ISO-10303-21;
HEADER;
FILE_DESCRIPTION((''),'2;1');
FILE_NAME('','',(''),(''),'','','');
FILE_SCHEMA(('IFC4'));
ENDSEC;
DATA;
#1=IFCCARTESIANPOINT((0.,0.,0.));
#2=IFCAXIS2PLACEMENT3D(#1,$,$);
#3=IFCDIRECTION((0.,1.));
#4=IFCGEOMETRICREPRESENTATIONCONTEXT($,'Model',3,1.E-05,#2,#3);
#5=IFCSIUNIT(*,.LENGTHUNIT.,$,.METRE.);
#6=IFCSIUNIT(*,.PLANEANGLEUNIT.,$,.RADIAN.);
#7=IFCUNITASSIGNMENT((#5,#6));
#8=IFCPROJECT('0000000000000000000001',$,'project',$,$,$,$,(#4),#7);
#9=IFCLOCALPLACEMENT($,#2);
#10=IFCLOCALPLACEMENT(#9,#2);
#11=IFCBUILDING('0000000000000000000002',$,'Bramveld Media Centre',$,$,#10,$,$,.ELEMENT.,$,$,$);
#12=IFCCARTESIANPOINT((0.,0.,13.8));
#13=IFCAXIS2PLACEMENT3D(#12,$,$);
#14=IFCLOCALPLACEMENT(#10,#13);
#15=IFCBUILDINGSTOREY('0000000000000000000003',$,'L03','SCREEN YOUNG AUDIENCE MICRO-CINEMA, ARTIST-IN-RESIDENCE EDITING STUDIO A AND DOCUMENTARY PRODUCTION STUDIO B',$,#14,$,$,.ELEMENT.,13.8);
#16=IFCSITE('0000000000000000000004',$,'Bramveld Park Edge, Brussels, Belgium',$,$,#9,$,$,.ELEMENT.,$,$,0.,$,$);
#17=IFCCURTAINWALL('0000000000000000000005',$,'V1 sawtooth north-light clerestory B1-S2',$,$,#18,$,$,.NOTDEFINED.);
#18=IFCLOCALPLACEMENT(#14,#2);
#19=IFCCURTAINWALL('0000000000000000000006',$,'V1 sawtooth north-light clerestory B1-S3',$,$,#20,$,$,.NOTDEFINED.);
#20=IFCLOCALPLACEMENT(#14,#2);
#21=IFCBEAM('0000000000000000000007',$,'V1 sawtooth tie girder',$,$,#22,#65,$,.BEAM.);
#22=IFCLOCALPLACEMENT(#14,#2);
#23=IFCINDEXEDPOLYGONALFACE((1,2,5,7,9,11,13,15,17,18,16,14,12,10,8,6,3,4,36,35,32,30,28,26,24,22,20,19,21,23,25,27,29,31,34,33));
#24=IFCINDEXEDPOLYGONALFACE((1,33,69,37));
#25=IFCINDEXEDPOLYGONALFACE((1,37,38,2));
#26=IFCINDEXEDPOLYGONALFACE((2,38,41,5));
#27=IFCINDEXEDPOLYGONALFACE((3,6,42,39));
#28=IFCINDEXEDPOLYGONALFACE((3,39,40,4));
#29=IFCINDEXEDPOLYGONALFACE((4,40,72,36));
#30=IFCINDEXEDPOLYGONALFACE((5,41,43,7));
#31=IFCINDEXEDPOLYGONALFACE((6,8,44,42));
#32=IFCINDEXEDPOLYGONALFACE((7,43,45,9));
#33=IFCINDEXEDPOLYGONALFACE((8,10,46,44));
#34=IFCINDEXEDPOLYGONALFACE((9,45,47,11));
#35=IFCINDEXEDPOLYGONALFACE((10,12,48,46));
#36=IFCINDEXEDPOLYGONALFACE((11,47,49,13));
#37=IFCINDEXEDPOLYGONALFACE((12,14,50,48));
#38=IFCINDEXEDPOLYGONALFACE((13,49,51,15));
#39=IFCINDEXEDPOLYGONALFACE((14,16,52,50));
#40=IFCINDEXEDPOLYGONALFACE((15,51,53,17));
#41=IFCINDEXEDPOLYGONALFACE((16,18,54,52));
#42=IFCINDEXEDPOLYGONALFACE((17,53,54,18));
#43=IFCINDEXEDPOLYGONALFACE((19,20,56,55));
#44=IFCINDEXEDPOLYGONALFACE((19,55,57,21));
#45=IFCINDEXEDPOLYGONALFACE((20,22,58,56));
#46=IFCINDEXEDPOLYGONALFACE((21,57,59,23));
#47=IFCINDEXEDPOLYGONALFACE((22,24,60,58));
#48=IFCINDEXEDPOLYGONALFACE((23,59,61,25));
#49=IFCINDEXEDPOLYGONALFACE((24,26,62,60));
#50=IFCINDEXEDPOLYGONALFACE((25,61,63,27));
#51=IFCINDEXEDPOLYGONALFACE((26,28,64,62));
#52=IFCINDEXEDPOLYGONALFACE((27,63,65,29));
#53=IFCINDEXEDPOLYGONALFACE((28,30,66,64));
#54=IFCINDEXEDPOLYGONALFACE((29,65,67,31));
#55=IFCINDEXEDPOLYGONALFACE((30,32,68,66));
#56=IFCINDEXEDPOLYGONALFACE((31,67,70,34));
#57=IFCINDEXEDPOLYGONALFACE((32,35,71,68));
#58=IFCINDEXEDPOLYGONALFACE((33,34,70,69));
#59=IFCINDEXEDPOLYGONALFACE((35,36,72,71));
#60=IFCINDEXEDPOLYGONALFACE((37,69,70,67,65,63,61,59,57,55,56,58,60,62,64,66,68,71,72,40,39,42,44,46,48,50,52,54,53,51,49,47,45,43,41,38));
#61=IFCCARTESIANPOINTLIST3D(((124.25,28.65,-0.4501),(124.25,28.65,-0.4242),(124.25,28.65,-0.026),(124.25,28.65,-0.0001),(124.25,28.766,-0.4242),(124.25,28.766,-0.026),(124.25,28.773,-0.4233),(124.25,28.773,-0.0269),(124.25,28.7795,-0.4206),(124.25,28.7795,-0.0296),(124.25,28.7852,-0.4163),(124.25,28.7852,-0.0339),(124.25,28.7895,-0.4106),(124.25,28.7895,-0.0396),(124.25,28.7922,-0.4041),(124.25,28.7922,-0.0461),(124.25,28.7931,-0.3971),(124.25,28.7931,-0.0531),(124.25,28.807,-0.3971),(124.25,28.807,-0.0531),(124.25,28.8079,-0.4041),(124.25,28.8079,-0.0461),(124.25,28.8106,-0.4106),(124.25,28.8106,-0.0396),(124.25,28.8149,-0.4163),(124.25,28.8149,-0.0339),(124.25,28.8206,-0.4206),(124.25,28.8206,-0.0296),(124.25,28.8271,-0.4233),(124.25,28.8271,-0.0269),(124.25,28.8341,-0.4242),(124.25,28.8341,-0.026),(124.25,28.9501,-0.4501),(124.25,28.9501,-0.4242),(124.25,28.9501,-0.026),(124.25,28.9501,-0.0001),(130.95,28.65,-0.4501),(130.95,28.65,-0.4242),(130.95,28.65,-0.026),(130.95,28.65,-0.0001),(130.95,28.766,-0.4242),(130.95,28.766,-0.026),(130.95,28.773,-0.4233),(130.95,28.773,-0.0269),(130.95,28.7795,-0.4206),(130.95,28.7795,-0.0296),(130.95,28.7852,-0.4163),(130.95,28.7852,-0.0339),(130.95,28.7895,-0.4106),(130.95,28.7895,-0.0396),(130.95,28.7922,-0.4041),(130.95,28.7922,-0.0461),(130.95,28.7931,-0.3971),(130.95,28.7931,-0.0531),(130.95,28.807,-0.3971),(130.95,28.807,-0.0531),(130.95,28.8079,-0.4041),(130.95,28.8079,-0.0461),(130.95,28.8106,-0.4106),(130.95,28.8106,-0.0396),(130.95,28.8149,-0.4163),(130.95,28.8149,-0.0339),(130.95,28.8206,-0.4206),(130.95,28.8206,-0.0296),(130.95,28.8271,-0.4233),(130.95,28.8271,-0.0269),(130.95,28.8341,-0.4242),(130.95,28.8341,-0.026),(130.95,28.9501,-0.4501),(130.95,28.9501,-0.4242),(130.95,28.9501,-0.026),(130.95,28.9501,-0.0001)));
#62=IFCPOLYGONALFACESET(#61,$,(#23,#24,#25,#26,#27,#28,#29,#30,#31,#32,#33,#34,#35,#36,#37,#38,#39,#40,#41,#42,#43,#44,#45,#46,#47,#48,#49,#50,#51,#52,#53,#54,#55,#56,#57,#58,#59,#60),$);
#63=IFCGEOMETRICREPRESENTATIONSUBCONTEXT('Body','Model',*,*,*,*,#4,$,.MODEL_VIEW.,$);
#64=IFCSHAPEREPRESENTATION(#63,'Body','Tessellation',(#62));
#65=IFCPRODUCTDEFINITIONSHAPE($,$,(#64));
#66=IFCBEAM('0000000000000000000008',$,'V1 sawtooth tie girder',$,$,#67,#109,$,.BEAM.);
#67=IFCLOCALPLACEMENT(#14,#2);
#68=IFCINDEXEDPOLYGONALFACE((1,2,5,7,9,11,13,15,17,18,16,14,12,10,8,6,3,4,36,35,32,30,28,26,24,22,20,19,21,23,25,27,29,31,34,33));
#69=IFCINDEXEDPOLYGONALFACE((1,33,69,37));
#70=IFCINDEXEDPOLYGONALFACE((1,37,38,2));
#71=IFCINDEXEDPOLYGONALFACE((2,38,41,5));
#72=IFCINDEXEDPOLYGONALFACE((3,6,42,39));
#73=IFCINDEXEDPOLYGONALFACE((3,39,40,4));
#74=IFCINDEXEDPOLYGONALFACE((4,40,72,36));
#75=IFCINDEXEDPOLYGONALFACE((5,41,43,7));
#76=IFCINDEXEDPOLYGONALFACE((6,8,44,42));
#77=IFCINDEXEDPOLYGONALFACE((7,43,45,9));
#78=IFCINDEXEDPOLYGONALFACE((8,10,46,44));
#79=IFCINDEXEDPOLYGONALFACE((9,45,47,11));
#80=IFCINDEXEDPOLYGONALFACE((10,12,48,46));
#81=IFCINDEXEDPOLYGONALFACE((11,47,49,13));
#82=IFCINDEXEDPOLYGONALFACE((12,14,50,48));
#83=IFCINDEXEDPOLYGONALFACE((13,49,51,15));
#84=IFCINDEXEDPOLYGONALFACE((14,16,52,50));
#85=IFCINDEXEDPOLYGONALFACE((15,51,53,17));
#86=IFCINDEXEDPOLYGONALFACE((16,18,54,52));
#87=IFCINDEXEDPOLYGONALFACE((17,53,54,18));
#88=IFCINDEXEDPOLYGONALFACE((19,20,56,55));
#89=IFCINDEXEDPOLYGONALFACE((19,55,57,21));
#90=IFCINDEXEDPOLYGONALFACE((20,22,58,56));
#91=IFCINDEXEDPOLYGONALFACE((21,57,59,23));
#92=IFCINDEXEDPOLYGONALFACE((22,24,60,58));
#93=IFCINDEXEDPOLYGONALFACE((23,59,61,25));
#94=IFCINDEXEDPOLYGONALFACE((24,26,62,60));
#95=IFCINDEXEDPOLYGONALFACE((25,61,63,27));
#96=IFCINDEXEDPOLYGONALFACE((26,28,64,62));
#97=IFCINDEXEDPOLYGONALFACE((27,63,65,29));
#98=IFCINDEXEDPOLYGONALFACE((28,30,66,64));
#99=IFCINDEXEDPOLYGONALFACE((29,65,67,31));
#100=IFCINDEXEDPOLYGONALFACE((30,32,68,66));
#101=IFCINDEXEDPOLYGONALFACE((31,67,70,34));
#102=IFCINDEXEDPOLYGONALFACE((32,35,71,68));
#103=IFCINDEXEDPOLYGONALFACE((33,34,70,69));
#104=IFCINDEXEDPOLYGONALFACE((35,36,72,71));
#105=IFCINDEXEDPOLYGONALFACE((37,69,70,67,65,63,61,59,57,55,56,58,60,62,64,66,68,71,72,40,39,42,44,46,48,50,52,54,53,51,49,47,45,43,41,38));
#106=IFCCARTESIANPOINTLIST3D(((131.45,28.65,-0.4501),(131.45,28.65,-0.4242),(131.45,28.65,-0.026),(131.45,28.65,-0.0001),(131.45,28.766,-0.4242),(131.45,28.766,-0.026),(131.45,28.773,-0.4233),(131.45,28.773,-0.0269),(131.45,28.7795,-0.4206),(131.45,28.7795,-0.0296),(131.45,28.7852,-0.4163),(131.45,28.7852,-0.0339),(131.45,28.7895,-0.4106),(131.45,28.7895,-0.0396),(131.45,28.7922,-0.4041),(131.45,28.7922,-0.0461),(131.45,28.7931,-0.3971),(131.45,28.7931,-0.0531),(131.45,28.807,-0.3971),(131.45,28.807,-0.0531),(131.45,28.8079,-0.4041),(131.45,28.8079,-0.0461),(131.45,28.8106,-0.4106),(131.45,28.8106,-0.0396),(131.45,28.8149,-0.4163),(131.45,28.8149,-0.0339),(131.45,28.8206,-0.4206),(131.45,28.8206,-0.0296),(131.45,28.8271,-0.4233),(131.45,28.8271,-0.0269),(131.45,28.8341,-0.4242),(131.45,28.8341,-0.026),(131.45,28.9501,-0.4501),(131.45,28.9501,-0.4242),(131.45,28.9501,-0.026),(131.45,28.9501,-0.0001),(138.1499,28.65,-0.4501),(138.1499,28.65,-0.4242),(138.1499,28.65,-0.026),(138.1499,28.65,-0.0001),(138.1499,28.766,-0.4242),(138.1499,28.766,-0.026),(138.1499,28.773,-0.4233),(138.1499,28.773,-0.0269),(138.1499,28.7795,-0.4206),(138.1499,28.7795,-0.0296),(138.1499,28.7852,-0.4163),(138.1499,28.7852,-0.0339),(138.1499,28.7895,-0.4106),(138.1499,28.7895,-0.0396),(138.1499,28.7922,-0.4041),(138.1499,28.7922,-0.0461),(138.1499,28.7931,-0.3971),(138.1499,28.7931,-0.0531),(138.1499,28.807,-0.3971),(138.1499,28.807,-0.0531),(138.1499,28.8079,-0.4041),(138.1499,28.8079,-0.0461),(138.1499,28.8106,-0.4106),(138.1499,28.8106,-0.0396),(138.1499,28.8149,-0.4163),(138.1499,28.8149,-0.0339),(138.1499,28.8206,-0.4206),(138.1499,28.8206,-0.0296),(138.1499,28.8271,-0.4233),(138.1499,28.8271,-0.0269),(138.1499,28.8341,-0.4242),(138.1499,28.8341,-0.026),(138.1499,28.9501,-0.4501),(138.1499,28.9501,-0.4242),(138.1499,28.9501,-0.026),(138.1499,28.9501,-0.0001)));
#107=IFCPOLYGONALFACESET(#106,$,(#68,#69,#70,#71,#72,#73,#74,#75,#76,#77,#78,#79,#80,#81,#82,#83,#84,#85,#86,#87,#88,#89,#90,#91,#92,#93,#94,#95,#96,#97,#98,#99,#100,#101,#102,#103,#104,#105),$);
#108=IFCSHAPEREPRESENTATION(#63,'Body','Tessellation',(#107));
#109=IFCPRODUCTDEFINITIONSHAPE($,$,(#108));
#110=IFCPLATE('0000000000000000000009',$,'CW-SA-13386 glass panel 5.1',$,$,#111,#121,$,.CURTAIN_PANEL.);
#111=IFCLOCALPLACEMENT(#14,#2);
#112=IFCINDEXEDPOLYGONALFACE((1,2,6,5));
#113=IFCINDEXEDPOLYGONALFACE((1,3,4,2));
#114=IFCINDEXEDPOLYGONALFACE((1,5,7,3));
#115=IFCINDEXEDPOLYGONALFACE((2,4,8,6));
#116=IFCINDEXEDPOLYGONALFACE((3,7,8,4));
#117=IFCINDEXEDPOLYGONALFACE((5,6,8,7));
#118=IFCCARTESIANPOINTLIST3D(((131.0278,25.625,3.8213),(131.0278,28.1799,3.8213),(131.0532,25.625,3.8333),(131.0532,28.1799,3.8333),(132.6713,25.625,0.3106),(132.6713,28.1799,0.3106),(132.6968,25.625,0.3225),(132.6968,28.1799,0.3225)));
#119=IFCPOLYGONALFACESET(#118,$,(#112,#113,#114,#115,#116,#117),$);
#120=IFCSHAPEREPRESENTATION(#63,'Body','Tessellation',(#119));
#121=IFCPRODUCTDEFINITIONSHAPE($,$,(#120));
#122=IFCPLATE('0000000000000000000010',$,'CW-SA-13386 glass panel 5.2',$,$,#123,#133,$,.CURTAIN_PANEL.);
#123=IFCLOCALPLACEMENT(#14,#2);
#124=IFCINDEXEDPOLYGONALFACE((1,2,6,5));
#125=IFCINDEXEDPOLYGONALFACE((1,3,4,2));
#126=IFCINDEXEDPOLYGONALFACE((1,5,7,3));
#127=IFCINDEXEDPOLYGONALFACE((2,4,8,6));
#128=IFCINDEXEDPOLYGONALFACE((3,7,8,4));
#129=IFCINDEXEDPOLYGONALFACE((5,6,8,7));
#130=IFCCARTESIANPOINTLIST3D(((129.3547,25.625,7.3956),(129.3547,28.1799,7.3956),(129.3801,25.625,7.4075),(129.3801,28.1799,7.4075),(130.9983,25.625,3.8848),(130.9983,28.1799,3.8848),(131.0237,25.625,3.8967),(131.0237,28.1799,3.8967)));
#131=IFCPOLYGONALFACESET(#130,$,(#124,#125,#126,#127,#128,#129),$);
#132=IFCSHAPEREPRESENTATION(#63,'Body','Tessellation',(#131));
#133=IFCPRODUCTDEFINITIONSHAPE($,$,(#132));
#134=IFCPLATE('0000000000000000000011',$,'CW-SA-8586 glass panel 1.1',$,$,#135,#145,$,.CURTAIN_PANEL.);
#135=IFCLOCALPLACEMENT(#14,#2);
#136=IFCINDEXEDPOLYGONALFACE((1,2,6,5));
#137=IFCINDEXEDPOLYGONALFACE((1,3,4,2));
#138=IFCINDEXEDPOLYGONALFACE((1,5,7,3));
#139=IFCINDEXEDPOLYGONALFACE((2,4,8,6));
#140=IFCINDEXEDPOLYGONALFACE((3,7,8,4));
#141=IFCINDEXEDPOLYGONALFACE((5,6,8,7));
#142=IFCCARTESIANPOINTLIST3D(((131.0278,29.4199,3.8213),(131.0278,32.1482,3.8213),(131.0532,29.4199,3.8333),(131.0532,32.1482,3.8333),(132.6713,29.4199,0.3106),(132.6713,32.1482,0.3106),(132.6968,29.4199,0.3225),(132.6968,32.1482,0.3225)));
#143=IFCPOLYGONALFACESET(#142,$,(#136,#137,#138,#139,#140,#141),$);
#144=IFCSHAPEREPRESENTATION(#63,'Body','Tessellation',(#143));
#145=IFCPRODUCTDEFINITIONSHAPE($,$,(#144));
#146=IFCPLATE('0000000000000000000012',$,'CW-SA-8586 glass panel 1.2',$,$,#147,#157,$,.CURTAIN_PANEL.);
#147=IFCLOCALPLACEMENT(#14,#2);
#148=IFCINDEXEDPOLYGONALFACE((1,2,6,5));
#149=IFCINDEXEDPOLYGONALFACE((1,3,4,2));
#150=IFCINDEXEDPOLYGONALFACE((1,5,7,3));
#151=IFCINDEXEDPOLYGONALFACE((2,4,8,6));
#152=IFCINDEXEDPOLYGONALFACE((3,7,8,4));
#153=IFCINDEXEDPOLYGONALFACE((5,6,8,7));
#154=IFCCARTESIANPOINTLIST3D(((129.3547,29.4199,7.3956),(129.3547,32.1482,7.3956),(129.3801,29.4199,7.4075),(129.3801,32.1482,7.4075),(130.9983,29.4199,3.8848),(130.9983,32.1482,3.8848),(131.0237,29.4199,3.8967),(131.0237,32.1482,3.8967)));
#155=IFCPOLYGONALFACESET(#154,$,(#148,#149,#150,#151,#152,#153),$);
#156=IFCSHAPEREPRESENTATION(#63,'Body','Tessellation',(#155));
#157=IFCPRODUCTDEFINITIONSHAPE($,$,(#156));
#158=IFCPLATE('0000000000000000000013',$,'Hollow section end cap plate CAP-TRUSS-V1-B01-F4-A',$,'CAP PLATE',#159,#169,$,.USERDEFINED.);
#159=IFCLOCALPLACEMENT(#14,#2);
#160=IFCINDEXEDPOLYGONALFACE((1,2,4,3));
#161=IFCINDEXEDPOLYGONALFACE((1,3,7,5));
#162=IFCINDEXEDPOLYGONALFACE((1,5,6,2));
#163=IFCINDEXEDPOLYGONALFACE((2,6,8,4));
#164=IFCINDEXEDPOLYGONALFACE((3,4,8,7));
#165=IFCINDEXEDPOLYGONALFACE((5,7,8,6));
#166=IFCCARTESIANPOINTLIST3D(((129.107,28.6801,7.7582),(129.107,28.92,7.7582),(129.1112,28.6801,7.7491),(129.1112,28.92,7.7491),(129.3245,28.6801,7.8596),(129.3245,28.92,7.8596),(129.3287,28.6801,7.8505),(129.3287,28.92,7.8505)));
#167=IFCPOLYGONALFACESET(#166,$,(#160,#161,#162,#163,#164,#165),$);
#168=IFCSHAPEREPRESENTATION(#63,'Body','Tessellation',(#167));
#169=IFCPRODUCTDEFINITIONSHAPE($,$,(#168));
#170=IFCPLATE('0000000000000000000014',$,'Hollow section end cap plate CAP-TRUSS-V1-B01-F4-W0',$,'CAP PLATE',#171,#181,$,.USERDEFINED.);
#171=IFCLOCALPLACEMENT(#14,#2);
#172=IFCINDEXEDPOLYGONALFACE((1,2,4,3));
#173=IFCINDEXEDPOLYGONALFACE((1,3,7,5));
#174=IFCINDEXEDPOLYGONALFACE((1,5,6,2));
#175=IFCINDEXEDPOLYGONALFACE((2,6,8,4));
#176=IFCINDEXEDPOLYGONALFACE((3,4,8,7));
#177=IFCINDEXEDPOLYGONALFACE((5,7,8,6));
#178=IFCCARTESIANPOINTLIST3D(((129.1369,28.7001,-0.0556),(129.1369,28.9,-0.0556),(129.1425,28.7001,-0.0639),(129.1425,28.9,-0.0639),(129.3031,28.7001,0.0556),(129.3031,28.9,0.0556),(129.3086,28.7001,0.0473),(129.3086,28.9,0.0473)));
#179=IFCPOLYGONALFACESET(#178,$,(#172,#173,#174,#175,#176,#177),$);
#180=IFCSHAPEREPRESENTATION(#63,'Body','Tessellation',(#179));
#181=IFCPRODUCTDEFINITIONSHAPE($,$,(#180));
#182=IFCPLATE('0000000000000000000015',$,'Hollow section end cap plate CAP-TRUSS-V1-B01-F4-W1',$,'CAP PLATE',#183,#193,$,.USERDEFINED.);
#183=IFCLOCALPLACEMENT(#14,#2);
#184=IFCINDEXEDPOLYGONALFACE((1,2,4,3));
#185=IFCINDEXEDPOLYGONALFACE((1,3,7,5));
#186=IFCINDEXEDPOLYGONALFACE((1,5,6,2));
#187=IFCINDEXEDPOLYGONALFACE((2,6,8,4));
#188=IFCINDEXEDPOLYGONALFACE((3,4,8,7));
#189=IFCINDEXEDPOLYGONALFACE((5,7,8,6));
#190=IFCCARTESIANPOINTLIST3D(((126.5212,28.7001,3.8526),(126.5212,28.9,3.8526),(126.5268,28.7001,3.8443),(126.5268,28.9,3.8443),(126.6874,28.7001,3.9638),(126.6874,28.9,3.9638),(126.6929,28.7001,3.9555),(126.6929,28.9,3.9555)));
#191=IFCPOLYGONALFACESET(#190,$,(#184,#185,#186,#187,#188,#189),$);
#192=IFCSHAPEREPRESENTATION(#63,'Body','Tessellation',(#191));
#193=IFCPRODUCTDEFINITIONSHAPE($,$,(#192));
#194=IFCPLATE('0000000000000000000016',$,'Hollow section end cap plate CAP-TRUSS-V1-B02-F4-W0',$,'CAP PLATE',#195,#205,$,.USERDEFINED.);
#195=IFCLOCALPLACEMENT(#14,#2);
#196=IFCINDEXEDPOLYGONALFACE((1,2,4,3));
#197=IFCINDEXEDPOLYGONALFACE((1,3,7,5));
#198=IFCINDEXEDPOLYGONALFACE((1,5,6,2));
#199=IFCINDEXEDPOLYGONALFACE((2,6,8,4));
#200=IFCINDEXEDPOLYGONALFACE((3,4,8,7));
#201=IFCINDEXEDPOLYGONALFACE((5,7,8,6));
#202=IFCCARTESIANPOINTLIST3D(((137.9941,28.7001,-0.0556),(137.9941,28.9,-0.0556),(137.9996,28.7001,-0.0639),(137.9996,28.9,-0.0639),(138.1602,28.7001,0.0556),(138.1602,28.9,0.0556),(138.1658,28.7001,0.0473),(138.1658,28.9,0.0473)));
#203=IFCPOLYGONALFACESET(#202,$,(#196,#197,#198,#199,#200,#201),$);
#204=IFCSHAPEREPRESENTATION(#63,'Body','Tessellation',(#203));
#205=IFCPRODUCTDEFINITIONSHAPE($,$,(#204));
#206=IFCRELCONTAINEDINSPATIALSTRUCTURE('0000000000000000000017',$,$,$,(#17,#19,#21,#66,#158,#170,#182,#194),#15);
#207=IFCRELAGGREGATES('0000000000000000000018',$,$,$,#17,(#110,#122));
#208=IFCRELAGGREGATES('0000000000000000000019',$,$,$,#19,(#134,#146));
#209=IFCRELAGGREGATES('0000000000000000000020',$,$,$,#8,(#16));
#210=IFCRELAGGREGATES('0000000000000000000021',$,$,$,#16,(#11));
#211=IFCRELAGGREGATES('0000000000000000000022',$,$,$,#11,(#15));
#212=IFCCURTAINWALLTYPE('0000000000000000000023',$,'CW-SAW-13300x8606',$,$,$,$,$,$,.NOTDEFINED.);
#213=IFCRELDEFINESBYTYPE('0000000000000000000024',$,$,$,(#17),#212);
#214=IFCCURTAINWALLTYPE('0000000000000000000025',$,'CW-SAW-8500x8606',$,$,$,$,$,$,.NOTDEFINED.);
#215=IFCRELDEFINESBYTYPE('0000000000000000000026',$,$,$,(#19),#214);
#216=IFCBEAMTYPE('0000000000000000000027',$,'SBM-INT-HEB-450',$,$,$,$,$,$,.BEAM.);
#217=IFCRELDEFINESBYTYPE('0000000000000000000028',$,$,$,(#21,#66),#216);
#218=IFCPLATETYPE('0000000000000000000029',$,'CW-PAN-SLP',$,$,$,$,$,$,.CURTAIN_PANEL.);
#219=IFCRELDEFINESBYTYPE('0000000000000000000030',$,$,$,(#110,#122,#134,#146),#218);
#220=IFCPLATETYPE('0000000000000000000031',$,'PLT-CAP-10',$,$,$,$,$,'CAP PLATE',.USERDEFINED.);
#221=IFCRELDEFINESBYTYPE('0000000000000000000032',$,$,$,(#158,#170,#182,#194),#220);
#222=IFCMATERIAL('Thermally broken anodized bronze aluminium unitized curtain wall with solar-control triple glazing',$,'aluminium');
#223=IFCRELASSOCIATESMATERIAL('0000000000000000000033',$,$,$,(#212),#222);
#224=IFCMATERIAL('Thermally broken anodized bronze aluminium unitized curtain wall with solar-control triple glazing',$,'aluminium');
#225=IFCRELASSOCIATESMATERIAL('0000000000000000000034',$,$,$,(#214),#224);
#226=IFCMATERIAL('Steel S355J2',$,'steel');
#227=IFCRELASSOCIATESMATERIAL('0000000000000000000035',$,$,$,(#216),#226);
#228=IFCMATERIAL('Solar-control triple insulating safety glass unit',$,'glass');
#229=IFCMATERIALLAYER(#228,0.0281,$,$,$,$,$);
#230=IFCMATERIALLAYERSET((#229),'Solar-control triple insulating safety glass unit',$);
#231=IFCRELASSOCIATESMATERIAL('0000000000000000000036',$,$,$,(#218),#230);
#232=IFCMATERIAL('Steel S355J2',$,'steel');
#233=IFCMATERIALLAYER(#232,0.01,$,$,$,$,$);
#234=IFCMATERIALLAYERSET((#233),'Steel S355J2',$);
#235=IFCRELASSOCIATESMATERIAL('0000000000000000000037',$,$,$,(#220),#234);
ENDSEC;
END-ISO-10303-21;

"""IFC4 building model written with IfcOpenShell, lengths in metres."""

from ifc_helpers import new_model, si_unit, direction, frame, origin, origin_2d, place, context, subcontext, project, spatial, polyline, rectangle, i_section, outline, extrude, material, layer, layer_set, material_profile, profile_set, type_object, element, aggregate, save


model = new_model("IFC4")

# Units and contexts
model_context = context("Model", 3, precision=1e-05, world=origin(), true_north=direction((0.0, 1.0)))
body_context = subcontext(model_context, "Body", "Model", "MODEL_VIEW")
ifc_project = project(units=[si_unit("LENGTHUNIT", "METRE"), si_unit("PLANEANGLEUNIT", "RADIAN")], contexts=[model_context])

# Site, building, storey
site_placement = place(None, origin())
site = spatial("IfcSite", under=ifc_project, at=site_placement, Name="Bramveld Park Edge, Brussels, Belgium", CompositionType="ELEMENT", RefElevation=0.0)
building_placement = place(site_placement, origin())
building = spatial("IfcBuilding", under=site, at=building_placement, Name="Bramveld Media Centre", CompositionType="ELEMENT")
storey_placement = place(building_placement, frame((0.0, 0.0, 13.8)))
storey = spatial("IfcBuildingStorey", under=building, at=storey_placement, Name="L03", Description="SCREEN YOUNG AUDIENCE MICRO-CINEMA, ARTIST-IN-RESIDENCE EDITING STUDIO A AND DOCUMENTARY PRODUCTION STUDIO B", CompositionType="ELEMENT", Elevation=13.8)

# Curtain wall
ifc_material_1 = material(Name="Thermally broken anodized bronze aluminium unitized curtain wall with solar-control triple glazing", Category="aluminium")
curtain_wall_type_1 = type_object("IfcCurtainWallType", Name="CW-SAW-13300x8606", PredefinedType="NOTDEFINED", material=ifc_material_1)
curtain_wall_1_placement = place(storey_placement, origin())
curtain_wall_1 = element("IfcCurtainWall", 1, at=curtain_wall_1_placement, inside=storey, type_object=curtain_wall_type_1, Name="V1 sawtooth north-light clerestory B1-S2", PredefinedType="NOTDEFINED")

# Curtain wall
ifc_material_2 = material(Name="Thermally broken anodized bronze aluminium unitized curtain wall with solar-control triple glazing", Category="aluminium")
curtain_wall_type_2 = type_object("IfcCurtainWallType", Name="CW-SAW-8500x8606", PredefinedType="NOTDEFINED", material=ifc_material_2)
curtain_wall_2_placement = place(storey_placement, origin())
curtain_wall_2 = element("IfcCurtainWall", 2, at=curtain_wall_2_placement, inside=storey, type_object=curtain_wall_type_2, Name="V1 sawtooth north-light clerestory B1-S3", PredefinedType="NOTDEFINED")

# Beams
ifc_material_3 = material(Name="Steel S355J2", Category="steel")
ifc_material_profile_1 = material_profile(ifc_material_3, i_section(OverallWidth=0.3, OverallDepth=0.45, WebThickness=0.0139, FlangeThickness=0.0259, FilletRadius=0.0271, at=origin_2d()), Name="HEB 450")
ifc_profile_set_1 = profile_set([ifc_material_profile_1], Name="Steel S355J2")
beam_type_1 = type_object("IfcBeamType", Name="SBM-INT-HEB-450", PredefinedType="BEAM", material=ifc_profile_set_1)
for number, where, z_axis, x_axis, name in (
    (3, (124.25, 28.8, -0.2251), (1.0, 0.0, 0.0), (0.0, 1.0, 0.0), "V1 sawtooth tie girder"),
    (4, (131.45, 28.8, -0.2251), (1.0, 0.0, 0.0), (0.0, 1.0, 0.0), "V1 sawtooth tie girder"),
):
    element("IfcBeam", number, at=place(storey_placement, frame(where, z_axis=z_axis, x_axis=x_axis)), inside=storey, type_object=beam_type_1, Name=name, PredefinedType="BEAM", context=body_context, shape_type="SweptSolid", body=[
        extrude(i_section(OverallWidth=0.3, OverallDepth=0.45, WebThickness=0.0139, FlangeThickness=0.0259, FilletRadius=0.0271, at=origin_2d()), origin(), (0.0, 0.0, 1.0), 6.7),
    ])

# Plates
ifc_material_4 = material(Name="Solar-control triple insulating safety glass unit", Category="glass")
ifc_layer_1 = layer(ifc_material_4, 0.0281)
ifc_layer_set_1 = layer_set([ifc_layer_1], Name="Solar-control triple insulating safety glass unit")
plate_type_1 = type_object("IfcPlateType", Name="CW-PAN-SLP", PredefinedType="CURTAIN_PANEL", material=ifc_layer_set_1)
plate_1_placement = place(storey_placement, frame((132.6968, 25.625, 0.3225), z_axis=(0.905668, 0.0, 0.423988), x_axis=(0.0, 1.0, 0.0)))
plate_1 = element("IfcPlate", 5, at=plate_1_placement, type_object=plate_type_1, Name="CW-SA-13386 glass panel 5.1", PredefinedType="CURTAIN_PANEL", context=body_context, shape_type="SweptSolid", body=[
    extrude(outline(polyline([(0.0, 0.0), (2.5549, 0.0), (2.5549, 3.8764), (0.0, 3.8764), (0.0, 0.0)])), origin(), (0.0, 0.0, -1.0), 0.0281),
])
plate_2_placement = place(storey_placement, frame((131.0237, 25.625, 3.8967), z_axis=(0.905668, 0.0, 0.423988), x_axis=(0.0, 1.0, 0.0)))
plate_2 = element("IfcPlate", 6, at=plate_2_placement, type_object=plate_type_1, Name="CW-SA-13386 glass panel 5.2", PredefinedType="CURTAIN_PANEL", context=body_context, shape_type="SweptSolid", body=[
    extrude(outline(polyline([(0.0, 0.0), (2.5549, 0.0), (2.5549, 3.8764), (0.0, 3.8764), (0.0, 0.0)])), origin(), (0.0, 0.0, -1.0), 0.0281),
])
aggregate(curtain_wall_1, [plate_1, plate_2])
plate_3_placement = place(storey_placement, frame((132.6968, 29.4199, 0.3225), z_axis=(0.905668, 0.0, 0.423988), x_axis=(0.0, 1.0, 0.0)))
plate_3 = element("IfcPlate", 7, at=plate_3_placement, type_object=plate_type_1, Name="CW-SA-8586 glass panel 1.1", PredefinedType="CURTAIN_PANEL", context=body_context, shape_type="SweptSolid", body=[
    extrude(outline(polyline([(0.0, 0.0), (2.7283, 0.0), (2.7283, 3.8764), (0.0, 3.8764), (0.0, 0.0)])), origin(), (0.0, 0.0, -1.0), 0.0281),
])
plate_4_placement = place(storey_placement, frame((131.0237, 29.4199, 3.8967), z_axis=(0.905668, 0.0, 0.423988), x_axis=(0.0, 1.0, 0.0)))
plate_4 = element("IfcPlate", 8, at=plate_4_placement, type_object=plate_type_1, Name="CW-SA-8586 glass panel 1.2", PredefinedType="CURTAIN_PANEL", context=body_context, shape_type="SweptSolid", body=[
    extrude(outline(polyline([(0.0, 0.0), (2.7283, 0.0), (2.7283, 3.8764), (0.0, 3.8764), (0.0, 0.0)])), origin(), (0.0, 0.0, -1.0), 0.0281),
])
aggregate(curtain_wall_2, [plate_3, plate_4])

# Plates
ifc_material_5 = material(Name="Steel S355J2", Category="steel")
ifc_layer_2 = layer(ifc_material_5, 0.01)
ifc_layer_set_2 = layer_set([ifc_layer_2], Name="Steel S355J2")
plate_type_2 = type_object("IfcPlateType", Name="PLT-CAP-10", ElementType="CAP PLATE", PredefinedType="USERDEFINED", material=ifc_layer_set_2)
plate_5_placement = place(storey_placement, frame((129.22, 28.8, 7.7998), z_axis=(-0.422618, 0.0, 0.906308), x_axis=(0.0, -1.0, 0.0)))
element("IfcPlate", 9, at=plate_5_placement, inside=storey, type_object=plate_type_2, Name="Hollow section end cap plate CAP-TRUSS-V1-B01-F4-A", ObjectType="CAP PLATE", PredefinedType="USERDEFINED", context=body_context, shape_type="SweptSolid", body=[
    extrude(rectangle(XDim=0.24, YDim=0.24, at=origin_2d()), origin(), (0.0, 0.0, 1.0), 0.01),
])
for number, where, z_axis, x_axis, name in (
    (10, (129.22, 28.8, 0.0), (0.556175, 0.0, -0.831065), (0.0, 1.0, 0.0), "Hollow section end cap plate CAP-TRUSS-V1-B01-F4-W0"),
    (11, (126.6099, 28.8, 3.8999), (-0.556175, 0.0, 0.831065), (0.0, -1.0, 0.0), "Hollow section end cap plate CAP-TRUSS-V1-B01-F4-W1"),
    (12, (138.0771, 28.8, 0.0), (0.55616, 0.0, -0.831075), (0.0, 1.0, 0.0), "Hollow section end cap plate CAP-TRUSS-V1-B02-F4-W0"),
):
    element("IfcPlate", number, at=place(storey_placement, frame(where, z_axis=z_axis, x_axis=x_axis)), inside=storey, type_object=plate_type_2, Name=name, ObjectType="CAP PLATE", PredefinedType="USERDEFINED", context=body_context, shape_type="SweptSolid", body=[
        extrude(rectangle(XDim=0.2, YDim=0.2, at=origin_2d()), origin(), (0.0, 0.0, 1.0), 0.01),
    ])

save(model, "model.ifc")
